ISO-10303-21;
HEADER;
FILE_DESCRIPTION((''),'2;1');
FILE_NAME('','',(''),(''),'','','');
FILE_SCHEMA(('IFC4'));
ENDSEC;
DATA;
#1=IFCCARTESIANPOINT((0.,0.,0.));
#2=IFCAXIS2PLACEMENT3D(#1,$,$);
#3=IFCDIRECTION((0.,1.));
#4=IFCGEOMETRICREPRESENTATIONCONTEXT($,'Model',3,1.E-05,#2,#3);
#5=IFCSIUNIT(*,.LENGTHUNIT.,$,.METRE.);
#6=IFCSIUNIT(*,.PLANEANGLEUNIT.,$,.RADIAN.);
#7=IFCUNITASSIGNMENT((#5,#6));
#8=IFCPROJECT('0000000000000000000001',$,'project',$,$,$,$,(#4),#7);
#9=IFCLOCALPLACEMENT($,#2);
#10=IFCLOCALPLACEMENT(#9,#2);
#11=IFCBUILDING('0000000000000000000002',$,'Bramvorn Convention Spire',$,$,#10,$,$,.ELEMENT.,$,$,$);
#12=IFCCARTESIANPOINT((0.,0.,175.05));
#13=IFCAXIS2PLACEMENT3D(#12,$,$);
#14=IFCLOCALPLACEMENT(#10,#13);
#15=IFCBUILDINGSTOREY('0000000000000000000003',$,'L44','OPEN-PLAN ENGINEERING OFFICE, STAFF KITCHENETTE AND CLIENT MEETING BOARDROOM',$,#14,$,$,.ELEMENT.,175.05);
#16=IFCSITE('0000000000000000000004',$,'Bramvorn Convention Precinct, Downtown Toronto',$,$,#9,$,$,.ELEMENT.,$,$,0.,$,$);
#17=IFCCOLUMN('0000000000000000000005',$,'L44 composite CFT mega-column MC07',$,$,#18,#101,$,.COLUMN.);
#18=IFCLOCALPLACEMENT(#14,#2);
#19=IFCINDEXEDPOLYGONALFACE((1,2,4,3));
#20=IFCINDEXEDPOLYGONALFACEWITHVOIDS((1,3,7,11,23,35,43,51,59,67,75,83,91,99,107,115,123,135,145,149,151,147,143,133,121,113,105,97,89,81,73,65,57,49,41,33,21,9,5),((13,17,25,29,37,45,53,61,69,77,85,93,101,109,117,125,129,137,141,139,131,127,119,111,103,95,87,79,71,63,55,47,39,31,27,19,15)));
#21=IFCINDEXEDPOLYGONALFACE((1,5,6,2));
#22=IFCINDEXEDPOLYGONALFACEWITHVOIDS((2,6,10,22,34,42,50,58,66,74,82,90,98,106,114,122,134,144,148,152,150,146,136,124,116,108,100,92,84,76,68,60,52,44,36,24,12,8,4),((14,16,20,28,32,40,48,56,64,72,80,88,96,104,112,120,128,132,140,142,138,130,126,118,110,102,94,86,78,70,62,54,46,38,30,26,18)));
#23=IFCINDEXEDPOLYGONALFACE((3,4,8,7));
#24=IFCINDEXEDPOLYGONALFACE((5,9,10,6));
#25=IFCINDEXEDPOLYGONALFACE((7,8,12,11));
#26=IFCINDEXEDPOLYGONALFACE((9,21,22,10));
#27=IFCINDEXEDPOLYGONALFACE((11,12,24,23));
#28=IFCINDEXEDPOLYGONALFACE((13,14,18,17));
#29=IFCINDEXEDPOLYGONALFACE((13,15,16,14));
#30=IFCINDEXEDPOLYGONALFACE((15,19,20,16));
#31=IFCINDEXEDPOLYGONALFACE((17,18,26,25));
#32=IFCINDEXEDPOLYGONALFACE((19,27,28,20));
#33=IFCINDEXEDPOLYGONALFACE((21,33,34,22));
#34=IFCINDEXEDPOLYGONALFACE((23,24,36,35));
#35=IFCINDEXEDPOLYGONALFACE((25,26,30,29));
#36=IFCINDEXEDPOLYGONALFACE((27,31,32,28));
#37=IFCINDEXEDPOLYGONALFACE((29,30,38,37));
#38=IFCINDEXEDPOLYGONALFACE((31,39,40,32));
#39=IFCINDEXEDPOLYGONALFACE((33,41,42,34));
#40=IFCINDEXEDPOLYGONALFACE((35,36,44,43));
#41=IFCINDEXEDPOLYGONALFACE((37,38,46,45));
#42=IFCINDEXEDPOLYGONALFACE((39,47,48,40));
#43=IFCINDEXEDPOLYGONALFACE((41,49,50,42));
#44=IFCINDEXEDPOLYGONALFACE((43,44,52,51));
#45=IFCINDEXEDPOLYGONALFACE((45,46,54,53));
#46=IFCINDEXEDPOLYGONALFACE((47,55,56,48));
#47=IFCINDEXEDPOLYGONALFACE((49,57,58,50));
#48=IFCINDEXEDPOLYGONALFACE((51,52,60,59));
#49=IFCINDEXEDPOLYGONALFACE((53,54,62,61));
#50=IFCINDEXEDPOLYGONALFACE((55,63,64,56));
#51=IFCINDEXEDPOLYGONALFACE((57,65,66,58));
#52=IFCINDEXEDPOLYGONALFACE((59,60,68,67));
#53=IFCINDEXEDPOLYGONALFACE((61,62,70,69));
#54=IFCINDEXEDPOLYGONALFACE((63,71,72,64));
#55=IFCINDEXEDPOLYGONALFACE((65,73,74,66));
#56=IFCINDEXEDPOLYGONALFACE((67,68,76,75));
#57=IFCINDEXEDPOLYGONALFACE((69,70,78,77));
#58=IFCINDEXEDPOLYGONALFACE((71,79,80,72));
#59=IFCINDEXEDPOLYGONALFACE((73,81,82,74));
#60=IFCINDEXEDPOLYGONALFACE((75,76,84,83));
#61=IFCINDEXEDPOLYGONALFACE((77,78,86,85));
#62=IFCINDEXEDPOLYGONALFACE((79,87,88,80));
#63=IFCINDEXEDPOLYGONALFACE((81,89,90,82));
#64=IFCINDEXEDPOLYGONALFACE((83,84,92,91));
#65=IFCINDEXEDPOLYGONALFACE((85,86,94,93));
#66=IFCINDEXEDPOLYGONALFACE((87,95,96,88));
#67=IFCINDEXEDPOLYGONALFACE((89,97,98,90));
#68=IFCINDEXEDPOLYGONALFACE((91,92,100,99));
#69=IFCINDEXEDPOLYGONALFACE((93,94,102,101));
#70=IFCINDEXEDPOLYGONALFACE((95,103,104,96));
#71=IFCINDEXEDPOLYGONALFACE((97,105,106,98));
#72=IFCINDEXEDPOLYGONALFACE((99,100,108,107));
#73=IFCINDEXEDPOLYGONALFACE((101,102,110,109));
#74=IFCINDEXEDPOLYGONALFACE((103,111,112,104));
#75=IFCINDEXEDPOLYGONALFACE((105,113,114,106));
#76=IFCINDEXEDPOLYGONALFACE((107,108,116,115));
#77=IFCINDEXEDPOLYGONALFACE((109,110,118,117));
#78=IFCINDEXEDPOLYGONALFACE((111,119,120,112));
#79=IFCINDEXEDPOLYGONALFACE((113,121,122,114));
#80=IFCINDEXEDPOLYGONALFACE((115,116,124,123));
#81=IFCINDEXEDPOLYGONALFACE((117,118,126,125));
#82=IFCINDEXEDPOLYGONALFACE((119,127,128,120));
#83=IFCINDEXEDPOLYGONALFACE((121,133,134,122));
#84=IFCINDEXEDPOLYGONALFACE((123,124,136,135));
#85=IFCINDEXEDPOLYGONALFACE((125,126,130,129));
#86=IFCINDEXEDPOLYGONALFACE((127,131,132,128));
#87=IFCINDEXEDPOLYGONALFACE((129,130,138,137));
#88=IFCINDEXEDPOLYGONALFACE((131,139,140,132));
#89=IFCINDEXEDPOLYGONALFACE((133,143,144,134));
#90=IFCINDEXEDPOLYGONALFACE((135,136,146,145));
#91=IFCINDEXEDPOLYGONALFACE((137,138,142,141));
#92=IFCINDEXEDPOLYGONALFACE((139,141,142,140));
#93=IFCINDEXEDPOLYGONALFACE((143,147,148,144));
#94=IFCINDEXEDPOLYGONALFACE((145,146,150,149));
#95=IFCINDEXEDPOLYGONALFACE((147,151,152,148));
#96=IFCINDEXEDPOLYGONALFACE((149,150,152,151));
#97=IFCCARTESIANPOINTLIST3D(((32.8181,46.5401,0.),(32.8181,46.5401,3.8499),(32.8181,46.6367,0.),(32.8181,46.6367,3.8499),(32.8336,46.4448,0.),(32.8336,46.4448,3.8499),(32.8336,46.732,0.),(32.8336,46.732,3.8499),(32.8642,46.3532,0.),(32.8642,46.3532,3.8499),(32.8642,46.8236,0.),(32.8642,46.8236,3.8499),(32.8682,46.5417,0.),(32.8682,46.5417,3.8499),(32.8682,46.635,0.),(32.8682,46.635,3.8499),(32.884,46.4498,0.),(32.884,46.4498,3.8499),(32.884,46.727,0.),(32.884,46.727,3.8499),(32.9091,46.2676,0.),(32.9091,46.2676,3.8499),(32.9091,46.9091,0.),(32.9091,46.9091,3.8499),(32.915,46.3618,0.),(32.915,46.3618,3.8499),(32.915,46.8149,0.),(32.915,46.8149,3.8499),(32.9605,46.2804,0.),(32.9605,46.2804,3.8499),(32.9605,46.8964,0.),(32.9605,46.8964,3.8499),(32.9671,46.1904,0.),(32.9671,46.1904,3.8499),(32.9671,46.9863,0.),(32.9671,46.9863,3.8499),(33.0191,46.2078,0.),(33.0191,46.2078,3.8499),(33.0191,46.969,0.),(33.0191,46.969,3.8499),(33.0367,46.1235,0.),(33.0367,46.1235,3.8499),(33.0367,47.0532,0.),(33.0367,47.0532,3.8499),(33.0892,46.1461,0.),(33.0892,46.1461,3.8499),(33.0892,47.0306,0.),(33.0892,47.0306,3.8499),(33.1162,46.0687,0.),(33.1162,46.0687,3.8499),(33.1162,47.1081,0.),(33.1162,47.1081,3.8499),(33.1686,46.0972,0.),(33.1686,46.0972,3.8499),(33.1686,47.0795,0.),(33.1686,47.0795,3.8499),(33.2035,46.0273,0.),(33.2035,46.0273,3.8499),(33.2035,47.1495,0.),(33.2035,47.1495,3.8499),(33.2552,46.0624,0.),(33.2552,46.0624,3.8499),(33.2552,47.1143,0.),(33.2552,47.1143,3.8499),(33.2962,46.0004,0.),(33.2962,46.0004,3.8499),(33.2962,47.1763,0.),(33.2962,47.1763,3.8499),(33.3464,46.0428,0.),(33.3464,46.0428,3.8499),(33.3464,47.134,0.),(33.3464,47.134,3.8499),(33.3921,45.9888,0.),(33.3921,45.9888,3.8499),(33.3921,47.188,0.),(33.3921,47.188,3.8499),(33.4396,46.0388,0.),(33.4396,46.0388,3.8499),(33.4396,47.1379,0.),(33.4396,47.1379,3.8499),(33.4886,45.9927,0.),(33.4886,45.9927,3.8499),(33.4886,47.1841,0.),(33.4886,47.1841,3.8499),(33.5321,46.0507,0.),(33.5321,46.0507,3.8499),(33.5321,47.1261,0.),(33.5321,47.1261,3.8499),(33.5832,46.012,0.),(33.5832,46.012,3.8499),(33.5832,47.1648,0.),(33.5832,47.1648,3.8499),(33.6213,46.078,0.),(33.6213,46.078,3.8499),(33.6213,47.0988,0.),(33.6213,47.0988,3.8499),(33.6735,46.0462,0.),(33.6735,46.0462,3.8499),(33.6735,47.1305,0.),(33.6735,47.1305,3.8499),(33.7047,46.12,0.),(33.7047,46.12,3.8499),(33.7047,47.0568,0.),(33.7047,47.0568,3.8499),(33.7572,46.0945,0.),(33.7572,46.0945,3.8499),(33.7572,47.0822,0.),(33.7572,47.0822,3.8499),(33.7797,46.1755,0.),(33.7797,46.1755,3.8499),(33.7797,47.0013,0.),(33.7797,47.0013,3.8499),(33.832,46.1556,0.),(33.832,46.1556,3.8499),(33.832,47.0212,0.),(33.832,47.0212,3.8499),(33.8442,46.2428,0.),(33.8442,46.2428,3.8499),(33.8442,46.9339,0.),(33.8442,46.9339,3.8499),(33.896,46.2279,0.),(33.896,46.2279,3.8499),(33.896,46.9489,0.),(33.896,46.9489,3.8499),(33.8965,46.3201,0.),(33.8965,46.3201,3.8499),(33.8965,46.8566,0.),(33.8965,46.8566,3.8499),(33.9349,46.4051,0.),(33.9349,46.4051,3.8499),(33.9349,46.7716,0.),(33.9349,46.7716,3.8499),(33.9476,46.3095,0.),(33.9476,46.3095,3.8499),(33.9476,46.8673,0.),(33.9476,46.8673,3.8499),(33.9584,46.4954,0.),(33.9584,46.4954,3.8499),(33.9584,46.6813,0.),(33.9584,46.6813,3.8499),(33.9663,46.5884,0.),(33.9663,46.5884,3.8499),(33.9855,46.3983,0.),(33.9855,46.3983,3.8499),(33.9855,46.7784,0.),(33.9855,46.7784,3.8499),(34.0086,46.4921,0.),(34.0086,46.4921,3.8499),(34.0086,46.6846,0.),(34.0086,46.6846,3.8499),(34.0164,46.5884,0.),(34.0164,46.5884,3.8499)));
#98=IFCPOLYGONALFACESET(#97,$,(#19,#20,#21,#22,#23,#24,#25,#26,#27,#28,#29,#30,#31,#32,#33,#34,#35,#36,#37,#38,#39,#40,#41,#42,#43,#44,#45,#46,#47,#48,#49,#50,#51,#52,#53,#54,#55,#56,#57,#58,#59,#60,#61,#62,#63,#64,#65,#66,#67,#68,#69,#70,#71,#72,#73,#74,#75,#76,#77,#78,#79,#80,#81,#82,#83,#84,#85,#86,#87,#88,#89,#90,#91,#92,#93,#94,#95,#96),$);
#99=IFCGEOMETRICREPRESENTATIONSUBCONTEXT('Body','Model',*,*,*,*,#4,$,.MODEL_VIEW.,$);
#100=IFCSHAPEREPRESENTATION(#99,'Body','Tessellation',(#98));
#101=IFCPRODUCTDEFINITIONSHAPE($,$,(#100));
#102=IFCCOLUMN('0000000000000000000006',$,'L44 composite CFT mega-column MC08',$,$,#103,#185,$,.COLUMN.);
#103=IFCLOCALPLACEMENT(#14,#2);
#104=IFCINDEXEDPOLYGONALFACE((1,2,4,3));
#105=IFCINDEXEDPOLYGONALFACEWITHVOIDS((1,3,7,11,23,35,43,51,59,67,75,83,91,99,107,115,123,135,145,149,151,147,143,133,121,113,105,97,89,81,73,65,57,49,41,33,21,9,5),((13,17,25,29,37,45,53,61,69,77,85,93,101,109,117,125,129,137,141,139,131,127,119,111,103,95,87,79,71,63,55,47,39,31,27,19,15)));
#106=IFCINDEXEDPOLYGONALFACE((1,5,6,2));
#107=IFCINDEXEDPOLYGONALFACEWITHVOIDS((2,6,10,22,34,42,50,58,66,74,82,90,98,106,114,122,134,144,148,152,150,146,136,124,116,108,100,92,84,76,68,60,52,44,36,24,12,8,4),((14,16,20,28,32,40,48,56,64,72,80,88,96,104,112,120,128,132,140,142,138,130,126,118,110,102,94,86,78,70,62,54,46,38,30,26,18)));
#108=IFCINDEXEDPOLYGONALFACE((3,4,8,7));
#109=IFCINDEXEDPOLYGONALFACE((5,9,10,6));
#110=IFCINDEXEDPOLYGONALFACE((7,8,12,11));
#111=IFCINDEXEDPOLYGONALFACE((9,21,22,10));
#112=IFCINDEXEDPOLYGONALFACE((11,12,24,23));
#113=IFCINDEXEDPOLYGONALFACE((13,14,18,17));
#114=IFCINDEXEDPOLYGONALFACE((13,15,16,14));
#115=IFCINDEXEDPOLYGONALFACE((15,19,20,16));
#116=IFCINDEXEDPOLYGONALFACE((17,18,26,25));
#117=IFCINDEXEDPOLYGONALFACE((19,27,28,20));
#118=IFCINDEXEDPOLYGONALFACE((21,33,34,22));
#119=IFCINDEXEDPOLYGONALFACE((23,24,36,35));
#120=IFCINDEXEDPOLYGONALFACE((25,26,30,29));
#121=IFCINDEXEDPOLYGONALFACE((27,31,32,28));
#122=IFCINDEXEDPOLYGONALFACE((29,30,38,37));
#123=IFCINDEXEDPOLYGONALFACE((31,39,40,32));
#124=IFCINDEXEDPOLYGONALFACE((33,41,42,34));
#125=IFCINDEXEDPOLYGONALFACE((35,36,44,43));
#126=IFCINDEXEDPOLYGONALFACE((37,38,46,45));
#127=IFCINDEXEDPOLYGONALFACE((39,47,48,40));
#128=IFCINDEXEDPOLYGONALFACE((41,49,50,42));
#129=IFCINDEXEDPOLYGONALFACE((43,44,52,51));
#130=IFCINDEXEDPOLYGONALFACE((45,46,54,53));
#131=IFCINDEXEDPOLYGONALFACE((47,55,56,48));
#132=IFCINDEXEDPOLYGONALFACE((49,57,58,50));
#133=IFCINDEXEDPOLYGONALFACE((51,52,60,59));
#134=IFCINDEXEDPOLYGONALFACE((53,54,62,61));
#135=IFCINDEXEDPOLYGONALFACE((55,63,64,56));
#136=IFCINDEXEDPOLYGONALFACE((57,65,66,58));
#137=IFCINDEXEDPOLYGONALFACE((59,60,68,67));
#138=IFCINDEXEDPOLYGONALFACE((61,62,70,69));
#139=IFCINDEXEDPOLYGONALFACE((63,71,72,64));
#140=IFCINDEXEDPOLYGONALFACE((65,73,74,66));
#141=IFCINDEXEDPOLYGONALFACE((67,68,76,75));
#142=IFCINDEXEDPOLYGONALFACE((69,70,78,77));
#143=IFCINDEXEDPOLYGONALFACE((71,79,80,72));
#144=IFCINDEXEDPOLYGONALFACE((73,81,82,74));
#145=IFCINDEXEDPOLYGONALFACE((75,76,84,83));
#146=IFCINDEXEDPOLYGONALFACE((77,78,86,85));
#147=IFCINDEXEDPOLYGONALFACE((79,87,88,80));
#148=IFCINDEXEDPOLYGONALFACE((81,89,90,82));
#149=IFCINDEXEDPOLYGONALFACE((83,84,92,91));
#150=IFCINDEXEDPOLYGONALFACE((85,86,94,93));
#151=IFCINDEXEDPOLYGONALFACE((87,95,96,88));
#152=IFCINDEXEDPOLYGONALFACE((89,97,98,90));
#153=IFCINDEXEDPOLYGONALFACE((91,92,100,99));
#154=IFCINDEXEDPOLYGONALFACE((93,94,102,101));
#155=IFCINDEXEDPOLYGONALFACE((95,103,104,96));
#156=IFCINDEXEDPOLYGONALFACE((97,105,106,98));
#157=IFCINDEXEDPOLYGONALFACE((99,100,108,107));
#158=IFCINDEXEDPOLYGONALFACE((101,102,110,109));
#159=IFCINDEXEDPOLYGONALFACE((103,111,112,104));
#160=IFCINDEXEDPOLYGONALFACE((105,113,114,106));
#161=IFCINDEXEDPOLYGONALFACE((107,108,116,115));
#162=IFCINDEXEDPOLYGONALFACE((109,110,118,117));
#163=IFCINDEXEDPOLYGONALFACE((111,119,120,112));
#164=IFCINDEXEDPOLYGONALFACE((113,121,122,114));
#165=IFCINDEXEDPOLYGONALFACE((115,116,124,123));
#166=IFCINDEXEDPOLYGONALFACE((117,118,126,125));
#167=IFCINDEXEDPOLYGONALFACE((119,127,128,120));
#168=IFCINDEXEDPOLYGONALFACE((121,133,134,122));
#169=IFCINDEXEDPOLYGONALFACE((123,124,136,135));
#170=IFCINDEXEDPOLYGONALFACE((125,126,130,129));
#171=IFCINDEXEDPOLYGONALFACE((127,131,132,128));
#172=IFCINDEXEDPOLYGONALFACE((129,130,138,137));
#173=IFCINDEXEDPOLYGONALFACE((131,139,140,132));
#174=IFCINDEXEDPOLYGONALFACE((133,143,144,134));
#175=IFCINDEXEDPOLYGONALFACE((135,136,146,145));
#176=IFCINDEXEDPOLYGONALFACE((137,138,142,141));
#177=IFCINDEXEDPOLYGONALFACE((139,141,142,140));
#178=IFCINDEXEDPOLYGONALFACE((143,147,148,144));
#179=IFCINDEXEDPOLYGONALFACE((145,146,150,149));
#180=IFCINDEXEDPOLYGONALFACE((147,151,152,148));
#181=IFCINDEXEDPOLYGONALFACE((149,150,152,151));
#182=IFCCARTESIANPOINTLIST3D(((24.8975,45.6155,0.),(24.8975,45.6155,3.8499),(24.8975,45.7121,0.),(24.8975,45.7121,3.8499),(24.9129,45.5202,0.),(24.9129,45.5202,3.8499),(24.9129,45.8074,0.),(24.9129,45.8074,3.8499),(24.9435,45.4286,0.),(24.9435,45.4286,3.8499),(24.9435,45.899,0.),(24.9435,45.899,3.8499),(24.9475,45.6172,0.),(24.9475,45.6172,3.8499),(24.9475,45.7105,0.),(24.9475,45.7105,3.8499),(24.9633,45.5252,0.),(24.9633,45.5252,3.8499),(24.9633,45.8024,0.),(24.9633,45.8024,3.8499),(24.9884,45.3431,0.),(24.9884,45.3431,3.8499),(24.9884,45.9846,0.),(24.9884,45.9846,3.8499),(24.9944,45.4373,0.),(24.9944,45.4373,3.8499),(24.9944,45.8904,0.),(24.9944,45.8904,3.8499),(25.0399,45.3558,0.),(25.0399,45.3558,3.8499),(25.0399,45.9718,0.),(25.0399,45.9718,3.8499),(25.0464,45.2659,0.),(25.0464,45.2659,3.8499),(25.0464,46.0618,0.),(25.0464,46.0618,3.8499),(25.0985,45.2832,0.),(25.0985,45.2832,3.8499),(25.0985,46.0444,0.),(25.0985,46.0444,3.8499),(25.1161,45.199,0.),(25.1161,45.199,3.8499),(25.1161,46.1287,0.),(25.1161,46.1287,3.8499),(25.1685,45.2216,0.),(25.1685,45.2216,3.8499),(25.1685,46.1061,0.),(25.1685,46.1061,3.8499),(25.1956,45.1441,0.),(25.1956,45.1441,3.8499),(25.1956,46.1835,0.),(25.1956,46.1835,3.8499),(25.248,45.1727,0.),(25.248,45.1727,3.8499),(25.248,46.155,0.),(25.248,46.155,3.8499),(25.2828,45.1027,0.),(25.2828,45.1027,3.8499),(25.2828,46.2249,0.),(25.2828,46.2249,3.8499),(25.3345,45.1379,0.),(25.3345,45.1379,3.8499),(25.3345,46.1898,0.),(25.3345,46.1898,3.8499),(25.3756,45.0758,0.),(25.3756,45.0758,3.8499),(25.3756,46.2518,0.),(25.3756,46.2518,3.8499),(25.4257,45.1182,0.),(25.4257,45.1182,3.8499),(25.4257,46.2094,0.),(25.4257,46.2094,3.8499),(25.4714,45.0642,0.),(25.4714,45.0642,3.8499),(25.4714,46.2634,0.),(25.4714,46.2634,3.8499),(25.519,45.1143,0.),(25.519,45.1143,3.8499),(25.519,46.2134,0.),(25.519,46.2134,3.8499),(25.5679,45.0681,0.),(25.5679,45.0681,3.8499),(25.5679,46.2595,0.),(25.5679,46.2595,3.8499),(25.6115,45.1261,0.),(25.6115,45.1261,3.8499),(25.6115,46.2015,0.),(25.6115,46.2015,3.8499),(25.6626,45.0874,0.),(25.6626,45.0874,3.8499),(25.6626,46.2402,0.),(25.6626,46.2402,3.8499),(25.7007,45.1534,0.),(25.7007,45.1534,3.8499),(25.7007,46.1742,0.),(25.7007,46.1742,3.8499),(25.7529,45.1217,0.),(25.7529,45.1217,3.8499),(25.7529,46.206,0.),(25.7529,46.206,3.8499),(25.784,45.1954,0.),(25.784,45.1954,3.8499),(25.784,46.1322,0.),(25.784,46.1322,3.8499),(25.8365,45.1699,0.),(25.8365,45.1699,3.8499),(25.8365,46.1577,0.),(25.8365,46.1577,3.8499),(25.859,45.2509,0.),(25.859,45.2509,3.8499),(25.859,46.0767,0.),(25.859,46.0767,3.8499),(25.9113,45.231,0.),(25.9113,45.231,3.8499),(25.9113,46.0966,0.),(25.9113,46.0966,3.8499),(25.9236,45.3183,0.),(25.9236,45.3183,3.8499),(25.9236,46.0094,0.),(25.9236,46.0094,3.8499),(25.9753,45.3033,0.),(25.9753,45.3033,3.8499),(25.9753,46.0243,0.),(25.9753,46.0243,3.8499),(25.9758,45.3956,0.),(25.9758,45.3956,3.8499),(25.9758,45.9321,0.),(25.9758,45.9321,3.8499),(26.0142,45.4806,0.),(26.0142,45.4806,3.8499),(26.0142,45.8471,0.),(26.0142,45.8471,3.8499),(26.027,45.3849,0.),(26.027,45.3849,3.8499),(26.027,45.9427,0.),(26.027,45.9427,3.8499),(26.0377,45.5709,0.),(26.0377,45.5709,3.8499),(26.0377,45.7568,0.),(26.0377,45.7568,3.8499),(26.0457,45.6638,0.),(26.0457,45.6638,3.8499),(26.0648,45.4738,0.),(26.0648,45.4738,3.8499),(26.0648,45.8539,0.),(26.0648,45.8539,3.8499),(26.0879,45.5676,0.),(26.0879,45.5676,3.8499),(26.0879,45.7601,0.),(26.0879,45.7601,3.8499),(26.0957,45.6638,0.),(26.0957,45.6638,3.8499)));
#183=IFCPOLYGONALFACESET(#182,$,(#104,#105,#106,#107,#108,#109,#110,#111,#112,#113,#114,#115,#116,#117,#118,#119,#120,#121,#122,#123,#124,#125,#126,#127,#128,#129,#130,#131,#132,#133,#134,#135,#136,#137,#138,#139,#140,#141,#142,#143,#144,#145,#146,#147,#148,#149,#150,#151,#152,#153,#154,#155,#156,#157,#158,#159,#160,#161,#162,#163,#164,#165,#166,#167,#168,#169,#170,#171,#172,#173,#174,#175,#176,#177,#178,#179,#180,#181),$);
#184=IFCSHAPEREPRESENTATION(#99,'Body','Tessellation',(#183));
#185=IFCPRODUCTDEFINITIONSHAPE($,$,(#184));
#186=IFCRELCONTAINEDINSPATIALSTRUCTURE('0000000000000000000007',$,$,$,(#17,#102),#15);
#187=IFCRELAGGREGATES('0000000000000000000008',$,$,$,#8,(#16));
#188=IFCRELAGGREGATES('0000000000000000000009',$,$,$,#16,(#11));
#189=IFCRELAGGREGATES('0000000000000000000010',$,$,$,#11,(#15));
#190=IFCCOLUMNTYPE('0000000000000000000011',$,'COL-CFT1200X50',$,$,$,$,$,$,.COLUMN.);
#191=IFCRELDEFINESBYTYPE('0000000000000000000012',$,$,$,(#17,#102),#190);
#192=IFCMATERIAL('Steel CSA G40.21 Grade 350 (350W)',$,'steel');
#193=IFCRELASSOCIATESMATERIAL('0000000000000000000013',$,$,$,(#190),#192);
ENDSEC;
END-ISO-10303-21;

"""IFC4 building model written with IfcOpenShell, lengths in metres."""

from ifc_helpers import new_model, si_unit, direction, frame, origin, origin_2d, place, context, subcontext, project, spatial, hollow_circle, extrude, material, material_profile, profile_set, type_object, element, save


model = new_model("IFC4")

# Units and contexts
model_context = context("Model", 3, precision=1e-05, world=origin(), true_north=direction((0.0, 1.0)))
body_context = subcontext(model_context, "Body", "Model", "MODEL_VIEW")
ifc_project = project(units=[si_unit("LENGTHUNIT", "METRE"), si_unit("PLANEANGLEUNIT", "RADIAN")], contexts=[model_context])

# Site, building, storey
site_placement = place(None, origin())
site = spatial("IfcSite", under=ifc_project, at=site_placement, Name="Bramvorn Convention Precinct, Downtown Toronto", CompositionType="ELEMENT", RefElevation=0.0)
building_placement = place(site_placement, origin())
building = spatial("IfcBuilding", under=site, at=building_placement, Name="Bramvorn Convention Spire", CompositionType="ELEMENT")
storey_placement = place(building_placement, frame((0.0, 0.0, 175.05)))
storey = spatial("IfcBuildingStorey", under=building, at=storey_placement, Name="L44", Description="OPEN-PLAN ENGINEERING OFFICE, STAFF KITCHENETTE AND CLIENT MEETING BOARDROOM", CompositionType="ELEMENT", Elevation=175.05)

# Columns
ifc_material_1 = material(Name="Steel CSA G40.21 Grade 350 (350W)", Category="steel")
ifc_material_profile_1 = material_profile(ifc_material_1, hollow_circle(Radius=0.6001, WallThickness=0.05, at=origin_2d()))
ifc_profile_set_1 = profile_set([ifc_material_profile_1], Name="Steel CSA G40.21 Grade 350 (350W) - CFT1200X50")
column_type = type_object("IfcColumnType", Name="COL-CFT1200X50", PredefinedType="COLUMN", material=ifc_profile_set_1)
for number, where, z_axis, x_axis, name in (
    (1, (33.4163, 46.5884, 0.0), (0.0, 0.0, 1.0), (1.0, 0.0, 0.0), "L44 composite CFT mega-column MC07"),
    (2, (25.4956, 45.6638, 0.0), (0.0, 0.0, 1.0), (1.0, 0.0, 0.0), "L44 composite CFT mega-column MC08"),
):
    element("IfcColumn", number, at=place(storey_placement, frame(where, z_axis=z_axis, x_axis=x_axis)), inside=storey, type_object=column_type, Name=name, PredefinedType="COLUMN", context=body_context, shape_type="SweptSolid", body=[
        extrude(hollow_circle(Radius=0.6001, WallThickness=0.05, at=origin_2d()), origin(), (0.0, 0.0, 1.0), 3.8499),
    ])

save(model, "model.ifc")
